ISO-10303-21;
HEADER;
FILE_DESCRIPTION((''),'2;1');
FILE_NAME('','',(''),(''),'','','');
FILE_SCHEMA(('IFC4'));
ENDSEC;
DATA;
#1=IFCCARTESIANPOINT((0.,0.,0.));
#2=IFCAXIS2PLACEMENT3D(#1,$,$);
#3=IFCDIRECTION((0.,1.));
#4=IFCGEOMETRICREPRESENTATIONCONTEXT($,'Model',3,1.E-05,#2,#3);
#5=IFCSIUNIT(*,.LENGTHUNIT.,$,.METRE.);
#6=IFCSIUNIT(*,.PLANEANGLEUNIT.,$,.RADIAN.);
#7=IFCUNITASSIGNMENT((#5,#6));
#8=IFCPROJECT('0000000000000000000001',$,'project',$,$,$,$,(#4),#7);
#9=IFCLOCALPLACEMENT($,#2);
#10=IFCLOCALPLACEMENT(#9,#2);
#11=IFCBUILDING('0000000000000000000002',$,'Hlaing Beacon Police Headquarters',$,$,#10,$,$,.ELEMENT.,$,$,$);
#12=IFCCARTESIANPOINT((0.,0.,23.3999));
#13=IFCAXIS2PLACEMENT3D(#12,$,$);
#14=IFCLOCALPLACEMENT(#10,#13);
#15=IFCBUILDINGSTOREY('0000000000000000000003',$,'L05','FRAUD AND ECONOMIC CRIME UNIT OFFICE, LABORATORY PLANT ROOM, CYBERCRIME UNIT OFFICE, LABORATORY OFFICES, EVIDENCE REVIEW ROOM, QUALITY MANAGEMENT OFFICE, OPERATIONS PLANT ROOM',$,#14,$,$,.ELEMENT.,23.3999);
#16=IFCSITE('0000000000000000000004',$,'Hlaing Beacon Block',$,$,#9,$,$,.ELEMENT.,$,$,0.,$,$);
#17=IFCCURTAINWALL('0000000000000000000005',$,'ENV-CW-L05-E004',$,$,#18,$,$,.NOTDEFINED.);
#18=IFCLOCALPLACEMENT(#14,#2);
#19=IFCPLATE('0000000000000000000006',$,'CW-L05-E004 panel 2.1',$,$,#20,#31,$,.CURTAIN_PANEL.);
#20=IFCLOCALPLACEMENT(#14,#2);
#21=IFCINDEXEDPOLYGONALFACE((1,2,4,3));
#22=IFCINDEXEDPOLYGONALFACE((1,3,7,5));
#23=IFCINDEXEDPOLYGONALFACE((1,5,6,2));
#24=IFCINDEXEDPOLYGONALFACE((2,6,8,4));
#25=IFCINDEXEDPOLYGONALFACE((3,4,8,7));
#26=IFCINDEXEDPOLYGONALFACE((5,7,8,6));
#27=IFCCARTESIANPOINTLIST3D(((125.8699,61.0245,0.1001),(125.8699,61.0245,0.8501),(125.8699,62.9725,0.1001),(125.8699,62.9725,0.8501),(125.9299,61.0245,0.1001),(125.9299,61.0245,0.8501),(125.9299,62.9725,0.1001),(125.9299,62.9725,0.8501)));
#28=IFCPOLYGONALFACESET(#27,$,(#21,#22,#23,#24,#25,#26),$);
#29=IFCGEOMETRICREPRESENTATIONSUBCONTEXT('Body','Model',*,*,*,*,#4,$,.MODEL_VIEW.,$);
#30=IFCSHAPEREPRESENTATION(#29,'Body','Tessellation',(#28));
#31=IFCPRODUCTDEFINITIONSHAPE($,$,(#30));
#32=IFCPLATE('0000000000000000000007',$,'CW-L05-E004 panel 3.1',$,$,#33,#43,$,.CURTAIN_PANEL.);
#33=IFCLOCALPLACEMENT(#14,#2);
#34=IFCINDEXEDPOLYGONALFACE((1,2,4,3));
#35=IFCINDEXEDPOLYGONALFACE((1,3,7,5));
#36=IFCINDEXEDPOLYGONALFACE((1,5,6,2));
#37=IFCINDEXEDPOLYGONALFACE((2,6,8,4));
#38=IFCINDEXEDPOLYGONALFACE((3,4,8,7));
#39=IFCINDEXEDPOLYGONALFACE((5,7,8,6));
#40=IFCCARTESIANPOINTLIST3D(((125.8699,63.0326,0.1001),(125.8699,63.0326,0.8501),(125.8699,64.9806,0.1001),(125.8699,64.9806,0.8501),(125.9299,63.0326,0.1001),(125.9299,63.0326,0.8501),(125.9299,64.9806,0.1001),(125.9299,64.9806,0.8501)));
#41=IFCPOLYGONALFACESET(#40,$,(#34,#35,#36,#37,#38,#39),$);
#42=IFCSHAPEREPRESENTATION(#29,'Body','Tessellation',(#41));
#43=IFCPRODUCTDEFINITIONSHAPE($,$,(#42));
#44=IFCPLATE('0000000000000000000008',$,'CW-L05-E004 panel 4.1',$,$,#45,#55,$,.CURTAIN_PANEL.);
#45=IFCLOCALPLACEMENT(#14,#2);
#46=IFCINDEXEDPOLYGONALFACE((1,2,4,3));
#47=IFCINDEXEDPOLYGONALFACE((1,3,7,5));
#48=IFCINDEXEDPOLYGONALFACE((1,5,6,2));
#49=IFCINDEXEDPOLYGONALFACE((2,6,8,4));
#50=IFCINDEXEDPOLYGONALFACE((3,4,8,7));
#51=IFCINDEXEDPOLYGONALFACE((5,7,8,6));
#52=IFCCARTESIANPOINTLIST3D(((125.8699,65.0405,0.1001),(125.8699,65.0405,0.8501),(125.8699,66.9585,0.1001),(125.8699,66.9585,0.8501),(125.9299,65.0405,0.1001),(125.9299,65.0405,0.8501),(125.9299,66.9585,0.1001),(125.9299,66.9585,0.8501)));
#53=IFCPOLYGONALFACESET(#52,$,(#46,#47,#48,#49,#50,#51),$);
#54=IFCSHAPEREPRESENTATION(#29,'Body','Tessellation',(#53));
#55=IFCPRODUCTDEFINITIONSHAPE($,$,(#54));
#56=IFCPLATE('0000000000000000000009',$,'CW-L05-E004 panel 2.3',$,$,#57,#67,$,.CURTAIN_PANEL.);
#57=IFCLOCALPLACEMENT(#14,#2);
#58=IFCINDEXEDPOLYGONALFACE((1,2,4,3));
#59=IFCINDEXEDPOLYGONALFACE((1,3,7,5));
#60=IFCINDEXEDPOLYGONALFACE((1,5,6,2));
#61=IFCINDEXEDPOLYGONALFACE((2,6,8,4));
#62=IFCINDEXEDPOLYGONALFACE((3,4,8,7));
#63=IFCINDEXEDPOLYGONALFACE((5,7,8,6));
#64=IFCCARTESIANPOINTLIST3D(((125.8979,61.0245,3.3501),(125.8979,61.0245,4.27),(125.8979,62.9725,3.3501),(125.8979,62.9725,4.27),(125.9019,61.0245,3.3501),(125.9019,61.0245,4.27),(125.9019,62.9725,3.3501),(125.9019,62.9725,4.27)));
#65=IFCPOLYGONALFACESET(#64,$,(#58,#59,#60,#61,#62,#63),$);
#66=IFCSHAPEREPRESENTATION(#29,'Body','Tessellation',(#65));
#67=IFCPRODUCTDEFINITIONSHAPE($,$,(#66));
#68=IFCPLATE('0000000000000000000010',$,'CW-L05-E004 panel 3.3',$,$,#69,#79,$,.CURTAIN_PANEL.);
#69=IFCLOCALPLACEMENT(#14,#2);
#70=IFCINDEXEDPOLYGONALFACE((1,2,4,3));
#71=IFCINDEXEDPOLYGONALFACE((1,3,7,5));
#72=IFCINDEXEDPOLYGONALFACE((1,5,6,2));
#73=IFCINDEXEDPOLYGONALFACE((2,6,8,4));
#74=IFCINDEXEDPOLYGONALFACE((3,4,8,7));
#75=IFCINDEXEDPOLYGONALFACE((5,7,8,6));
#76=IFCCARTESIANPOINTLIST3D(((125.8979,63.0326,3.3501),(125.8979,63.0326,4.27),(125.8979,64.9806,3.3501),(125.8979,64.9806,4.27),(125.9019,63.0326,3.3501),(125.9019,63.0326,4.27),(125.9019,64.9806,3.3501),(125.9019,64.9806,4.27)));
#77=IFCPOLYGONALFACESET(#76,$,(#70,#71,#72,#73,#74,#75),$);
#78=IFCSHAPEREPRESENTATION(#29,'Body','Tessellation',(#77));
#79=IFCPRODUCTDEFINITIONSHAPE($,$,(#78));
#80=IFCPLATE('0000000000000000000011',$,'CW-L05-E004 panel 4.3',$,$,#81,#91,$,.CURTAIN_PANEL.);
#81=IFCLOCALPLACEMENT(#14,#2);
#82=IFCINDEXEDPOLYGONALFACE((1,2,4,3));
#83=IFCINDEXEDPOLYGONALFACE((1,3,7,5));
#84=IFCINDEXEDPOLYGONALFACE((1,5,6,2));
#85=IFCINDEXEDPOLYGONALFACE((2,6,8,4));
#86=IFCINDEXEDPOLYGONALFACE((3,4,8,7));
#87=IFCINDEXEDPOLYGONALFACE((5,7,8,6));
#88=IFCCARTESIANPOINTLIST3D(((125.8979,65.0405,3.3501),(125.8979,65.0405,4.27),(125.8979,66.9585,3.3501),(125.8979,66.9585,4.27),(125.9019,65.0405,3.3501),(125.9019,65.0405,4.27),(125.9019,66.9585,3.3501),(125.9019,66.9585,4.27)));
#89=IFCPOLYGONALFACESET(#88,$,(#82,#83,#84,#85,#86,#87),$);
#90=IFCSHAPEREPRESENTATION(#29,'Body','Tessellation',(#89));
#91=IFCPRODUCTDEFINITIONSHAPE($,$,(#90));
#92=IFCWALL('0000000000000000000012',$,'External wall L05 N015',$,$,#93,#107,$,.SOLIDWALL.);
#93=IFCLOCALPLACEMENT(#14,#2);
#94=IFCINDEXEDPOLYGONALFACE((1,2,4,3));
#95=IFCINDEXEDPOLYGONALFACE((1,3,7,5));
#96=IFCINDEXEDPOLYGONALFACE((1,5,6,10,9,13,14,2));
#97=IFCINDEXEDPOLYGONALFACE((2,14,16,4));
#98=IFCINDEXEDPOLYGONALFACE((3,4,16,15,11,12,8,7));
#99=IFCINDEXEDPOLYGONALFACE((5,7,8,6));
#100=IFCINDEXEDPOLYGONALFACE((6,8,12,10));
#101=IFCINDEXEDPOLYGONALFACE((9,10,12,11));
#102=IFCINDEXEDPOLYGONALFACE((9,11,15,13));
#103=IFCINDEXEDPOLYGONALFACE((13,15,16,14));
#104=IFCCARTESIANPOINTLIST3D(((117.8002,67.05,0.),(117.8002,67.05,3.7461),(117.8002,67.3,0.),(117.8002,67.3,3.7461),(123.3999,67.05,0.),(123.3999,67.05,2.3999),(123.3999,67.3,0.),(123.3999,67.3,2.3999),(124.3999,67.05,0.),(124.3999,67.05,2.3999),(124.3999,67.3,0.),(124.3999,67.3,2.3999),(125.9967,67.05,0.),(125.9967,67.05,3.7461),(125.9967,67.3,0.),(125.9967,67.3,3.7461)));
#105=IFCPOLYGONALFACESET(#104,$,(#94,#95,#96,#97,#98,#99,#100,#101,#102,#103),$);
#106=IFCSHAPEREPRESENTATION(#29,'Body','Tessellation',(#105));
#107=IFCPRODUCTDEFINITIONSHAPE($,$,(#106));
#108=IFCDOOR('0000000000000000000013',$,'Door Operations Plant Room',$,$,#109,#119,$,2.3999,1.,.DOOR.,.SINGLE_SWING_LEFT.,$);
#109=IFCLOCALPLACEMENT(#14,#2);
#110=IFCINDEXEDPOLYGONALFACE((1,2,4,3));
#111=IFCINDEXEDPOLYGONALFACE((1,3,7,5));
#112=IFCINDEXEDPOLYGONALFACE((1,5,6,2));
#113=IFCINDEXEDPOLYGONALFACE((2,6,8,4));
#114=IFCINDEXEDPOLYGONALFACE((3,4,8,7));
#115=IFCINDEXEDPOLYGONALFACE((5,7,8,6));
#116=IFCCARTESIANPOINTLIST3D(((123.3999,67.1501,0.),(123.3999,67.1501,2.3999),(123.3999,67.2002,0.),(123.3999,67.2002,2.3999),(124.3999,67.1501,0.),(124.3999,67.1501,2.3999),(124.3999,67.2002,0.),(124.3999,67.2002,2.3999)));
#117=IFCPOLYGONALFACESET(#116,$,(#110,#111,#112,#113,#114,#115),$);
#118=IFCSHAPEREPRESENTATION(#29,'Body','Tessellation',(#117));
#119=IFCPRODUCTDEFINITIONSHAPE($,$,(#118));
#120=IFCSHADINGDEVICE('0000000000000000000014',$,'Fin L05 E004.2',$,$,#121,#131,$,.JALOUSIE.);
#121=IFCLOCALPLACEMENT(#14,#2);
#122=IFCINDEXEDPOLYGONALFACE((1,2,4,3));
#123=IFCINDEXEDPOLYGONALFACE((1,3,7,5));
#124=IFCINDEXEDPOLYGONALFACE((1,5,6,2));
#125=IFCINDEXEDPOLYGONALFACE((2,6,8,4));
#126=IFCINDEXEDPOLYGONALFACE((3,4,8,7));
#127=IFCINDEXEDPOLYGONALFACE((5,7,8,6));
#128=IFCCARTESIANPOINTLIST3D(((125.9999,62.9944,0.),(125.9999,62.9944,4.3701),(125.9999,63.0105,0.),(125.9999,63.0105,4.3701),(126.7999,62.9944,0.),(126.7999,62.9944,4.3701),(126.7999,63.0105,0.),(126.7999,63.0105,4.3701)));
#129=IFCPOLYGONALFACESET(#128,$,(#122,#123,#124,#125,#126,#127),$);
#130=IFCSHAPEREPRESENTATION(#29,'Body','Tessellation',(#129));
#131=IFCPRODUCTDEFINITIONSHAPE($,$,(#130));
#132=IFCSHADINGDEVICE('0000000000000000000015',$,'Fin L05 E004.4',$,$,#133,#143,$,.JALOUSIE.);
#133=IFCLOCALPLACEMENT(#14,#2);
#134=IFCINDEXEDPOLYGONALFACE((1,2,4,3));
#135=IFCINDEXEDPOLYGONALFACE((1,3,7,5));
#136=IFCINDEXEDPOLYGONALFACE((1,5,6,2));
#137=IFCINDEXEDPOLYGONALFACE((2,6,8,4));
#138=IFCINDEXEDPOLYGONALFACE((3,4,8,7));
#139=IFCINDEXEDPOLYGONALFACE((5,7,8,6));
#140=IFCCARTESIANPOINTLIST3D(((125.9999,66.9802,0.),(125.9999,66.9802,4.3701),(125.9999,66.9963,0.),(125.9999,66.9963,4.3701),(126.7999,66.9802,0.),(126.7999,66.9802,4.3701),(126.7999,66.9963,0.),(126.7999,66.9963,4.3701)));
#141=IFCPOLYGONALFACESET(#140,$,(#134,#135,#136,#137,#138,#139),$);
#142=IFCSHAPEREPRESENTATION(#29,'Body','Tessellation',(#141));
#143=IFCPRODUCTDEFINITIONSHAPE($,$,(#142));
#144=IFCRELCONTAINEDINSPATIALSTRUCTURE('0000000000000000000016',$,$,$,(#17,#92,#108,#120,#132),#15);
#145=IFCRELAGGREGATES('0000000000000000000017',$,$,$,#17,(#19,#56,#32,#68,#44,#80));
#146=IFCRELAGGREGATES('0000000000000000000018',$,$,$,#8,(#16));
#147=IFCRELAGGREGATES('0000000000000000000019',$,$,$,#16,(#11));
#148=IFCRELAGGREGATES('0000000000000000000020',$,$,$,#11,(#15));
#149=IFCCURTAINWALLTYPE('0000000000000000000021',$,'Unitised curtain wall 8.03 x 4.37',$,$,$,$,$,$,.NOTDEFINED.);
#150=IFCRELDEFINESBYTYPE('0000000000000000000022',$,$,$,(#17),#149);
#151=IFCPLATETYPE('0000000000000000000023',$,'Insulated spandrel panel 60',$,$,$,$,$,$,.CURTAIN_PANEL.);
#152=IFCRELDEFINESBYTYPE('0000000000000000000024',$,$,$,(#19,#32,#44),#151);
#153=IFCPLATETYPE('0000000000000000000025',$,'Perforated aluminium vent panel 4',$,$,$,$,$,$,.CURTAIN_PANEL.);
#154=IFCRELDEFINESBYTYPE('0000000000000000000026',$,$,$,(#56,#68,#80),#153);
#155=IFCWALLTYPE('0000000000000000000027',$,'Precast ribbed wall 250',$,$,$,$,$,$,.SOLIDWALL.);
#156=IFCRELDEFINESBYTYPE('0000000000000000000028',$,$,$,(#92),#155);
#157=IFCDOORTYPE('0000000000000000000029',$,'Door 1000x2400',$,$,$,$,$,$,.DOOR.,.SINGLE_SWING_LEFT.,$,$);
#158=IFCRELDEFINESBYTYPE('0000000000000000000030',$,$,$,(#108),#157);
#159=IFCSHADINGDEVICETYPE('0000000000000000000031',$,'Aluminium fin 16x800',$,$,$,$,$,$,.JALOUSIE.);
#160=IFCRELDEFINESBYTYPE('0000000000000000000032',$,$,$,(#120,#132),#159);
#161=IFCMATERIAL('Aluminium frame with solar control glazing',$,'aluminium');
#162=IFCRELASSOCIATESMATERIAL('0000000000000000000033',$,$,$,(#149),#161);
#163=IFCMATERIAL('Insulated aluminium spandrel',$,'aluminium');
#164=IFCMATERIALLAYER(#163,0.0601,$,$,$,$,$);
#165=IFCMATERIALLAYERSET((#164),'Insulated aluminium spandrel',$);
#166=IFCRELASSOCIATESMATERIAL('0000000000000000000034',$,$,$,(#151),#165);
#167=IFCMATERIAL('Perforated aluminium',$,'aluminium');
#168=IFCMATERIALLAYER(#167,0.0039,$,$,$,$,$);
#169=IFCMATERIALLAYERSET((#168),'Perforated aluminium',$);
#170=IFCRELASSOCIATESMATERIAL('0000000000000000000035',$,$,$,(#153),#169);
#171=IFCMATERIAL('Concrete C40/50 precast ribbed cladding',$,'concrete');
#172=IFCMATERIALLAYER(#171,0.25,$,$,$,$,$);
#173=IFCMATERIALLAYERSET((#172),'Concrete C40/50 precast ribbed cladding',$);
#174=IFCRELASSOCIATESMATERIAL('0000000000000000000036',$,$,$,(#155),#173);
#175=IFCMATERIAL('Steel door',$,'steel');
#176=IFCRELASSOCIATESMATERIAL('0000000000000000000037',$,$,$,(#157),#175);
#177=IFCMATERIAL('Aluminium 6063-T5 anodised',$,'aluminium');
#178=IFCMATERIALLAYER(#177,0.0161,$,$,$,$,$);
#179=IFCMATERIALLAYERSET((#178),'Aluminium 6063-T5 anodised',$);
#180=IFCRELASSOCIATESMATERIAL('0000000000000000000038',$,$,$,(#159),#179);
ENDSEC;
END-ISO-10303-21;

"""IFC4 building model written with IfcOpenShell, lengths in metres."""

from ifc_helpers import new_model, si_unit, direction, frame, frame_2d, origin, origin_2d, place, context, subcontext, project, spatial, rectangle, extrude, material, layer, layer_set, type_object, element, fill, aggregate, save


model = new_model("IFC4")

# Units and contexts
model_context = context("Model", 3, precision=1e-05, world=origin(), true_north=direction((0.0, 1.0)))
body_context = subcontext(model_context, "Body", "Model", "MODEL_VIEW")
ifc_project = project(units=[si_unit("LENGTHUNIT", "METRE"), si_unit("PLANEANGLEUNIT", "RADIAN")], contexts=[model_context])

# Site, building, storey
site_placement = place(None, origin())
site = spatial("IfcSite", under=ifc_project, at=site_placement, Name="Hlaing Beacon Block", CompositionType="ELEMENT", RefElevation=0.0)
building_placement = place(site_placement, origin())
building = spatial("IfcBuilding", under=site, at=building_placement, Name="Hlaing Beacon Police Headquarters", CompositionType="ELEMENT")
storey_placement = place(building_placement, frame((0.0, 0.0, 23.3999)))
storey = spatial("IfcBuildingStorey", under=building, at=storey_placement, Name="L05", Description="FRAUD AND ECONOMIC CRIME UNIT OFFICE, LABORATORY PLANT ROOM, CYBERCRIME UNIT OFFICE, LABORATORY OFFICES, EVIDENCE REVIEW ROOM, QUALITY MANAGEMENT OFFICE, OPERATIONS PLANT ROOM", CompositionType="ELEMENT", Elevation=23.3999)

# Curtain wall, plates
ifc_material_1 = material(Name="Aluminium frame with solar control glazing", Category="aluminium")
curtain_wall_type = type_object("IfcCurtainWallType", Name="Unitised curtain wall 8.03 x 4.37", PredefinedType="NOTDEFINED", material=ifc_material_1)
curtain_wall_placement = place(storey_placement, origin())
curtain_wall = element("IfcCurtainWall", 1, at=curtain_wall_placement, inside=storey, type_object=curtain_wall_type, Name="ENV-CW-L05-E004", PredefinedType="NOTDEFINED")
ifc_material_2 = material(Name="Insulated aluminium spandrel", Category="aluminium")
ifc_layer_1 = layer(ifc_material_2, 0.0601)
ifc_layer_set_1 = layer_set([ifc_layer_1], Name="Insulated aluminium spandrel")
plate_type_1 = type_object("IfcPlateType", Name="Insulated spandrel panel 60", PredefinedType="CURTAIN_PANEL", material=ifc_layer_set_1)
plate_1_placement = place(storey_placement, frame((125.8999, 61.9985, 0.1001), z_axis=(0.0, 0.0, 1.0), x_axis=(0.0, 1.0, 0.0)))
plate_1 = element("IfcPlate", 2, at=plate_1_placement, type_object=plate_type_1, Name="CW-L05-E004 panel 2.1", PredefinedType="CURTAIN_PANEL", context=body_context, shape_type="SweptSolid", body=[
    extrude(rectangle(XDim=1.948, YDim=0.0601, at=origin_2d()), origin(), (0.0, 0.0, 1.0), 0.75),
])
plate_2_placement = place(storey_placement, frame((125.8999, 64.0066, 0.1001), z_axis=(0.0, 0.0, 1.0), x_axis=(0.0, 1.0, 0.0)))
plate_2 = element("IfcPlate", 3, at=plate_2_placement, type_object=plate_type_1, Name="CW-L05-E004 panel 3.1", PredefinedType="CURTAIN_PANEL", context=body_context, shape_type="SweptSolid", body=[
    extrude(rectangle(XDim=1.948, YDim=0.0601, at=origin_2d()), origin(), (0.0, 0.0, 1.0), 0.75),
])
plate_3_placement = place(storey_placement, frame((125.8999, 65.9995, 0.1001), z_axis=(0.0, 0.0, 1.0), x_axis=(0.0, 1.0, 0.0)))
plate_3 = element("IfcPlate", 4, at=plate_3_placement, type_object=plate_type_1, Name="CW-L05-E004 panel 4.1", PredefinedType="CURTAIN_PANEL", context=body_context, shape_type="SweptSolid", body=[
    extrude(rectangle(XDim=1.918, YDim=0.0601, at=origin_2d()), origin(), (0.0, 0.0, 1.0), 0.75),
])
ifc_material_3 = material(Name="Perforated aluminium", Category="aluminium")
ifc_layer_2 = layer(ifc_material_3, 0.0039)
ifc_layer_set_2 = layer_set([ifc_layer_2], Name="Perforated aluminium")
plate_type_2 = type_object("IfcPlateType", Name="Perforated aluminium vent panel 4", PredefinedType="CURTAIN_PANEL", material=ifc_layer_set_2)
plate_4_placement = place(storey_placement, frame((125.8999, 61.9985, 3.3501), z_axis=(0.0, 0.0, 1.0), x_axis=(0.0, 1.0, 0.0)))
plate_4 = element("IfcPlate", 5, at=plate_4_placement, type_object=plate_type_2, Name="CW-L05-E004 panel 2.3", PredefinedType="CURTAIN_PANEL", context=body_context, shape_type="SweptSolid", body=[
    extrude(rectangle(XDim=1.948, YDim=0.0039, at=origin_2d()), origin(), (0.0, 0.0, 1.0), 0.9199),
])
plate_5_placement = place(storey_placement, frame((125.8999, 64.0066, 3.3501), z_axis=(0.0, 0.0, 1.0), x_axis=(0.0, 1.0, 0.0)))
plate_5 = element("IfcPlate", 6, at=plate_5_placement, type_object=plate_type_2, Name="CW-L05-E004 panel 3.3", PredefinedType="CURTAIN_PANEL", context=body_context, shape_type="SweptSolid", body=[
    extrude(rectangle(XDim=1.948, YDim=0.0039, at=origin_2d()), origin(), (0.0, 0.0, 1.0), 0.9199),
])
plate_6_placement = place(storey_placement, frame((125.8999, 65.9995, 3.3501), z_axis=(0.0, 0.0, 1.0), x_axis=(0.0, 1.0, 0.0)))
plate_6 = element("IfcPlate", 7, at=plate_6_placement, type_object=plate_type_2, Name="CW-L05-E004 panel 4.3", PredefinedType="CURTAIN_PANEL", context=body_context, shape_type="SweptSolid", body=[
    extrude(rectangle(XDim=1.918, YDim=0.0039, at=origin_2d()), origin(), (0.0, 0.0, 1.0), 0.9199),
])
aggregate(curtain_wall, [plate_1, plate_4, plate_2, plate_5, plate_3, plate_6])

# Wall, opening, door
ifc_material_4 = material(Name="Concrete C40/50 precast ribbed cladding", Category="concrete")
ifc_layer_3 = layer(ifc_material_4, 0.25)
ifc_layer_set_3 = layer_set([ifc_layer_3], Name="Concrete C40/50 precast ribbed cladding")
wall_type = type_object("IfcWallType", Name="Precast ribbed wall 250", PredefinedType="SOLIDWALL", material=ifc_layer_set_3)
wall_placement = place(storey_placement, frame((125.9966, 67.175, 0.0), z_axis=(0.0, 0.0, 1.0), x_axis=(-1.0, 0.0, 0.0)))
wall = element("IfcWall", 8, at=wall_placement, inside=storey, type_object=wall_type, Name="External wall L05 N015", PredefinedType="SOLIDWALL", context=body_context, shape_type="SweptSolid", body=[
    extrude(rectangle(XDim=8.1965, YDim=0.25, at=frame_2d((4.0981, 0.0))), origin(), (0.0, 0.0, 1.0), 3.7461),
])
opening_placement = place(wall_placement, frame((1.5967, 0.0, 0.0)))
opening = element("IfcOpeningElement", 9, at=opening_placement, cuts=wall, PredefinedType="OPENING", context=body_context, shape_type="SweptSolid", body=[
    extrude(rectangle(XDim=1.0, YDim=2.3999, at=frame_2d((0.5, 1.2))), frame((0.0, 0.135, 0.0), z_axis=(0.0, -1.0, 0.0), x_axis=(1.0, 0.0, 0.0)), (0.0, 0.0, 1.0), 0.27),
])
ifc_material_5 = material(Name="Steel door", Category="steel")
door_type = type_object("IfcDoorType", Name="Door 1000x2400", OperationType="SINGLE_SWING_LEFT", PredefinedType="DOOR", material=ifc_material_5)
door_placement = place(opening_placement, frame((1.0, 0.0, 0.0), z_axis=(0.0, 0.0, 1.0), x_axis=(-1.0, 0.0, 0.0)))
door = element("IfcDoor", 10, at=door_placement, inside=storey, type_object=door_type, Name="Door Operations Plant Room", OperationType="SINGLE_SWING_LEFT", OverallHeight=2.3999, OverallWidth=1.0, PredefinedType="DOOR", context=body_context, shape_type="SweptSolid", body=[
    extrude(rectangle(XDim=1.0, YDim=2.3999, at=frame_2d((0.5, 1.2))), frame((0.0, 0.0251, 0.0), z_axis=(0.0, -1.0, 0.0), x_axis=(1.0, 0.0, 0.0)), (0.0, 0.0, 1.0), 0.05),
])
fill(opening, door)

# Shading devices
ifc_material_6 = material(Name="Aluminium 6063-T5 anodised", Category="aluminium")
ifc_layer_4 = layer(ifc_material_6, 0.0161)
ifc_layer_set_4 = layer_set([ifc_layer_4], Name="Aluminium 6063-T5 anodised")
shading_device_type = type_object("IfcShadingDeviceType", Name="Aluminium fin 16x800", PredefinedType="JALOUSIE", material=ifc_layer_set_4)
for number, where, z_axis, x_axis, name in (
    (11, (126.3999, 63.0024, 0.0), (0.0, 0.0, 1.0), (0.0, 1.0, 0.0), "Fin L05 E004.2"),
    (12, (126.3999, 66.9883, 0.0), (0.0, 0.0, 1.0), (0.0, 1.0, 0.0), "Fin L05 E004.4"),
):
    element("IfcShadingDevice", number, at=place(storey_placement, frame(where, z_axis=z_axis, x_axis=x_axis)), inside=storey, type_object=shading_device_type, Name=name, PredefinedType="JALOUSIE", context=body_context, shape_type="SweptSolid", body=[
        extrude(rectangle(XDim=0.0161, YDim=0.8, at=origin_2d()), origin(), (0.0, 0.0, 1.0), 4.3701),
    ])

save(model, "model.ifc")
